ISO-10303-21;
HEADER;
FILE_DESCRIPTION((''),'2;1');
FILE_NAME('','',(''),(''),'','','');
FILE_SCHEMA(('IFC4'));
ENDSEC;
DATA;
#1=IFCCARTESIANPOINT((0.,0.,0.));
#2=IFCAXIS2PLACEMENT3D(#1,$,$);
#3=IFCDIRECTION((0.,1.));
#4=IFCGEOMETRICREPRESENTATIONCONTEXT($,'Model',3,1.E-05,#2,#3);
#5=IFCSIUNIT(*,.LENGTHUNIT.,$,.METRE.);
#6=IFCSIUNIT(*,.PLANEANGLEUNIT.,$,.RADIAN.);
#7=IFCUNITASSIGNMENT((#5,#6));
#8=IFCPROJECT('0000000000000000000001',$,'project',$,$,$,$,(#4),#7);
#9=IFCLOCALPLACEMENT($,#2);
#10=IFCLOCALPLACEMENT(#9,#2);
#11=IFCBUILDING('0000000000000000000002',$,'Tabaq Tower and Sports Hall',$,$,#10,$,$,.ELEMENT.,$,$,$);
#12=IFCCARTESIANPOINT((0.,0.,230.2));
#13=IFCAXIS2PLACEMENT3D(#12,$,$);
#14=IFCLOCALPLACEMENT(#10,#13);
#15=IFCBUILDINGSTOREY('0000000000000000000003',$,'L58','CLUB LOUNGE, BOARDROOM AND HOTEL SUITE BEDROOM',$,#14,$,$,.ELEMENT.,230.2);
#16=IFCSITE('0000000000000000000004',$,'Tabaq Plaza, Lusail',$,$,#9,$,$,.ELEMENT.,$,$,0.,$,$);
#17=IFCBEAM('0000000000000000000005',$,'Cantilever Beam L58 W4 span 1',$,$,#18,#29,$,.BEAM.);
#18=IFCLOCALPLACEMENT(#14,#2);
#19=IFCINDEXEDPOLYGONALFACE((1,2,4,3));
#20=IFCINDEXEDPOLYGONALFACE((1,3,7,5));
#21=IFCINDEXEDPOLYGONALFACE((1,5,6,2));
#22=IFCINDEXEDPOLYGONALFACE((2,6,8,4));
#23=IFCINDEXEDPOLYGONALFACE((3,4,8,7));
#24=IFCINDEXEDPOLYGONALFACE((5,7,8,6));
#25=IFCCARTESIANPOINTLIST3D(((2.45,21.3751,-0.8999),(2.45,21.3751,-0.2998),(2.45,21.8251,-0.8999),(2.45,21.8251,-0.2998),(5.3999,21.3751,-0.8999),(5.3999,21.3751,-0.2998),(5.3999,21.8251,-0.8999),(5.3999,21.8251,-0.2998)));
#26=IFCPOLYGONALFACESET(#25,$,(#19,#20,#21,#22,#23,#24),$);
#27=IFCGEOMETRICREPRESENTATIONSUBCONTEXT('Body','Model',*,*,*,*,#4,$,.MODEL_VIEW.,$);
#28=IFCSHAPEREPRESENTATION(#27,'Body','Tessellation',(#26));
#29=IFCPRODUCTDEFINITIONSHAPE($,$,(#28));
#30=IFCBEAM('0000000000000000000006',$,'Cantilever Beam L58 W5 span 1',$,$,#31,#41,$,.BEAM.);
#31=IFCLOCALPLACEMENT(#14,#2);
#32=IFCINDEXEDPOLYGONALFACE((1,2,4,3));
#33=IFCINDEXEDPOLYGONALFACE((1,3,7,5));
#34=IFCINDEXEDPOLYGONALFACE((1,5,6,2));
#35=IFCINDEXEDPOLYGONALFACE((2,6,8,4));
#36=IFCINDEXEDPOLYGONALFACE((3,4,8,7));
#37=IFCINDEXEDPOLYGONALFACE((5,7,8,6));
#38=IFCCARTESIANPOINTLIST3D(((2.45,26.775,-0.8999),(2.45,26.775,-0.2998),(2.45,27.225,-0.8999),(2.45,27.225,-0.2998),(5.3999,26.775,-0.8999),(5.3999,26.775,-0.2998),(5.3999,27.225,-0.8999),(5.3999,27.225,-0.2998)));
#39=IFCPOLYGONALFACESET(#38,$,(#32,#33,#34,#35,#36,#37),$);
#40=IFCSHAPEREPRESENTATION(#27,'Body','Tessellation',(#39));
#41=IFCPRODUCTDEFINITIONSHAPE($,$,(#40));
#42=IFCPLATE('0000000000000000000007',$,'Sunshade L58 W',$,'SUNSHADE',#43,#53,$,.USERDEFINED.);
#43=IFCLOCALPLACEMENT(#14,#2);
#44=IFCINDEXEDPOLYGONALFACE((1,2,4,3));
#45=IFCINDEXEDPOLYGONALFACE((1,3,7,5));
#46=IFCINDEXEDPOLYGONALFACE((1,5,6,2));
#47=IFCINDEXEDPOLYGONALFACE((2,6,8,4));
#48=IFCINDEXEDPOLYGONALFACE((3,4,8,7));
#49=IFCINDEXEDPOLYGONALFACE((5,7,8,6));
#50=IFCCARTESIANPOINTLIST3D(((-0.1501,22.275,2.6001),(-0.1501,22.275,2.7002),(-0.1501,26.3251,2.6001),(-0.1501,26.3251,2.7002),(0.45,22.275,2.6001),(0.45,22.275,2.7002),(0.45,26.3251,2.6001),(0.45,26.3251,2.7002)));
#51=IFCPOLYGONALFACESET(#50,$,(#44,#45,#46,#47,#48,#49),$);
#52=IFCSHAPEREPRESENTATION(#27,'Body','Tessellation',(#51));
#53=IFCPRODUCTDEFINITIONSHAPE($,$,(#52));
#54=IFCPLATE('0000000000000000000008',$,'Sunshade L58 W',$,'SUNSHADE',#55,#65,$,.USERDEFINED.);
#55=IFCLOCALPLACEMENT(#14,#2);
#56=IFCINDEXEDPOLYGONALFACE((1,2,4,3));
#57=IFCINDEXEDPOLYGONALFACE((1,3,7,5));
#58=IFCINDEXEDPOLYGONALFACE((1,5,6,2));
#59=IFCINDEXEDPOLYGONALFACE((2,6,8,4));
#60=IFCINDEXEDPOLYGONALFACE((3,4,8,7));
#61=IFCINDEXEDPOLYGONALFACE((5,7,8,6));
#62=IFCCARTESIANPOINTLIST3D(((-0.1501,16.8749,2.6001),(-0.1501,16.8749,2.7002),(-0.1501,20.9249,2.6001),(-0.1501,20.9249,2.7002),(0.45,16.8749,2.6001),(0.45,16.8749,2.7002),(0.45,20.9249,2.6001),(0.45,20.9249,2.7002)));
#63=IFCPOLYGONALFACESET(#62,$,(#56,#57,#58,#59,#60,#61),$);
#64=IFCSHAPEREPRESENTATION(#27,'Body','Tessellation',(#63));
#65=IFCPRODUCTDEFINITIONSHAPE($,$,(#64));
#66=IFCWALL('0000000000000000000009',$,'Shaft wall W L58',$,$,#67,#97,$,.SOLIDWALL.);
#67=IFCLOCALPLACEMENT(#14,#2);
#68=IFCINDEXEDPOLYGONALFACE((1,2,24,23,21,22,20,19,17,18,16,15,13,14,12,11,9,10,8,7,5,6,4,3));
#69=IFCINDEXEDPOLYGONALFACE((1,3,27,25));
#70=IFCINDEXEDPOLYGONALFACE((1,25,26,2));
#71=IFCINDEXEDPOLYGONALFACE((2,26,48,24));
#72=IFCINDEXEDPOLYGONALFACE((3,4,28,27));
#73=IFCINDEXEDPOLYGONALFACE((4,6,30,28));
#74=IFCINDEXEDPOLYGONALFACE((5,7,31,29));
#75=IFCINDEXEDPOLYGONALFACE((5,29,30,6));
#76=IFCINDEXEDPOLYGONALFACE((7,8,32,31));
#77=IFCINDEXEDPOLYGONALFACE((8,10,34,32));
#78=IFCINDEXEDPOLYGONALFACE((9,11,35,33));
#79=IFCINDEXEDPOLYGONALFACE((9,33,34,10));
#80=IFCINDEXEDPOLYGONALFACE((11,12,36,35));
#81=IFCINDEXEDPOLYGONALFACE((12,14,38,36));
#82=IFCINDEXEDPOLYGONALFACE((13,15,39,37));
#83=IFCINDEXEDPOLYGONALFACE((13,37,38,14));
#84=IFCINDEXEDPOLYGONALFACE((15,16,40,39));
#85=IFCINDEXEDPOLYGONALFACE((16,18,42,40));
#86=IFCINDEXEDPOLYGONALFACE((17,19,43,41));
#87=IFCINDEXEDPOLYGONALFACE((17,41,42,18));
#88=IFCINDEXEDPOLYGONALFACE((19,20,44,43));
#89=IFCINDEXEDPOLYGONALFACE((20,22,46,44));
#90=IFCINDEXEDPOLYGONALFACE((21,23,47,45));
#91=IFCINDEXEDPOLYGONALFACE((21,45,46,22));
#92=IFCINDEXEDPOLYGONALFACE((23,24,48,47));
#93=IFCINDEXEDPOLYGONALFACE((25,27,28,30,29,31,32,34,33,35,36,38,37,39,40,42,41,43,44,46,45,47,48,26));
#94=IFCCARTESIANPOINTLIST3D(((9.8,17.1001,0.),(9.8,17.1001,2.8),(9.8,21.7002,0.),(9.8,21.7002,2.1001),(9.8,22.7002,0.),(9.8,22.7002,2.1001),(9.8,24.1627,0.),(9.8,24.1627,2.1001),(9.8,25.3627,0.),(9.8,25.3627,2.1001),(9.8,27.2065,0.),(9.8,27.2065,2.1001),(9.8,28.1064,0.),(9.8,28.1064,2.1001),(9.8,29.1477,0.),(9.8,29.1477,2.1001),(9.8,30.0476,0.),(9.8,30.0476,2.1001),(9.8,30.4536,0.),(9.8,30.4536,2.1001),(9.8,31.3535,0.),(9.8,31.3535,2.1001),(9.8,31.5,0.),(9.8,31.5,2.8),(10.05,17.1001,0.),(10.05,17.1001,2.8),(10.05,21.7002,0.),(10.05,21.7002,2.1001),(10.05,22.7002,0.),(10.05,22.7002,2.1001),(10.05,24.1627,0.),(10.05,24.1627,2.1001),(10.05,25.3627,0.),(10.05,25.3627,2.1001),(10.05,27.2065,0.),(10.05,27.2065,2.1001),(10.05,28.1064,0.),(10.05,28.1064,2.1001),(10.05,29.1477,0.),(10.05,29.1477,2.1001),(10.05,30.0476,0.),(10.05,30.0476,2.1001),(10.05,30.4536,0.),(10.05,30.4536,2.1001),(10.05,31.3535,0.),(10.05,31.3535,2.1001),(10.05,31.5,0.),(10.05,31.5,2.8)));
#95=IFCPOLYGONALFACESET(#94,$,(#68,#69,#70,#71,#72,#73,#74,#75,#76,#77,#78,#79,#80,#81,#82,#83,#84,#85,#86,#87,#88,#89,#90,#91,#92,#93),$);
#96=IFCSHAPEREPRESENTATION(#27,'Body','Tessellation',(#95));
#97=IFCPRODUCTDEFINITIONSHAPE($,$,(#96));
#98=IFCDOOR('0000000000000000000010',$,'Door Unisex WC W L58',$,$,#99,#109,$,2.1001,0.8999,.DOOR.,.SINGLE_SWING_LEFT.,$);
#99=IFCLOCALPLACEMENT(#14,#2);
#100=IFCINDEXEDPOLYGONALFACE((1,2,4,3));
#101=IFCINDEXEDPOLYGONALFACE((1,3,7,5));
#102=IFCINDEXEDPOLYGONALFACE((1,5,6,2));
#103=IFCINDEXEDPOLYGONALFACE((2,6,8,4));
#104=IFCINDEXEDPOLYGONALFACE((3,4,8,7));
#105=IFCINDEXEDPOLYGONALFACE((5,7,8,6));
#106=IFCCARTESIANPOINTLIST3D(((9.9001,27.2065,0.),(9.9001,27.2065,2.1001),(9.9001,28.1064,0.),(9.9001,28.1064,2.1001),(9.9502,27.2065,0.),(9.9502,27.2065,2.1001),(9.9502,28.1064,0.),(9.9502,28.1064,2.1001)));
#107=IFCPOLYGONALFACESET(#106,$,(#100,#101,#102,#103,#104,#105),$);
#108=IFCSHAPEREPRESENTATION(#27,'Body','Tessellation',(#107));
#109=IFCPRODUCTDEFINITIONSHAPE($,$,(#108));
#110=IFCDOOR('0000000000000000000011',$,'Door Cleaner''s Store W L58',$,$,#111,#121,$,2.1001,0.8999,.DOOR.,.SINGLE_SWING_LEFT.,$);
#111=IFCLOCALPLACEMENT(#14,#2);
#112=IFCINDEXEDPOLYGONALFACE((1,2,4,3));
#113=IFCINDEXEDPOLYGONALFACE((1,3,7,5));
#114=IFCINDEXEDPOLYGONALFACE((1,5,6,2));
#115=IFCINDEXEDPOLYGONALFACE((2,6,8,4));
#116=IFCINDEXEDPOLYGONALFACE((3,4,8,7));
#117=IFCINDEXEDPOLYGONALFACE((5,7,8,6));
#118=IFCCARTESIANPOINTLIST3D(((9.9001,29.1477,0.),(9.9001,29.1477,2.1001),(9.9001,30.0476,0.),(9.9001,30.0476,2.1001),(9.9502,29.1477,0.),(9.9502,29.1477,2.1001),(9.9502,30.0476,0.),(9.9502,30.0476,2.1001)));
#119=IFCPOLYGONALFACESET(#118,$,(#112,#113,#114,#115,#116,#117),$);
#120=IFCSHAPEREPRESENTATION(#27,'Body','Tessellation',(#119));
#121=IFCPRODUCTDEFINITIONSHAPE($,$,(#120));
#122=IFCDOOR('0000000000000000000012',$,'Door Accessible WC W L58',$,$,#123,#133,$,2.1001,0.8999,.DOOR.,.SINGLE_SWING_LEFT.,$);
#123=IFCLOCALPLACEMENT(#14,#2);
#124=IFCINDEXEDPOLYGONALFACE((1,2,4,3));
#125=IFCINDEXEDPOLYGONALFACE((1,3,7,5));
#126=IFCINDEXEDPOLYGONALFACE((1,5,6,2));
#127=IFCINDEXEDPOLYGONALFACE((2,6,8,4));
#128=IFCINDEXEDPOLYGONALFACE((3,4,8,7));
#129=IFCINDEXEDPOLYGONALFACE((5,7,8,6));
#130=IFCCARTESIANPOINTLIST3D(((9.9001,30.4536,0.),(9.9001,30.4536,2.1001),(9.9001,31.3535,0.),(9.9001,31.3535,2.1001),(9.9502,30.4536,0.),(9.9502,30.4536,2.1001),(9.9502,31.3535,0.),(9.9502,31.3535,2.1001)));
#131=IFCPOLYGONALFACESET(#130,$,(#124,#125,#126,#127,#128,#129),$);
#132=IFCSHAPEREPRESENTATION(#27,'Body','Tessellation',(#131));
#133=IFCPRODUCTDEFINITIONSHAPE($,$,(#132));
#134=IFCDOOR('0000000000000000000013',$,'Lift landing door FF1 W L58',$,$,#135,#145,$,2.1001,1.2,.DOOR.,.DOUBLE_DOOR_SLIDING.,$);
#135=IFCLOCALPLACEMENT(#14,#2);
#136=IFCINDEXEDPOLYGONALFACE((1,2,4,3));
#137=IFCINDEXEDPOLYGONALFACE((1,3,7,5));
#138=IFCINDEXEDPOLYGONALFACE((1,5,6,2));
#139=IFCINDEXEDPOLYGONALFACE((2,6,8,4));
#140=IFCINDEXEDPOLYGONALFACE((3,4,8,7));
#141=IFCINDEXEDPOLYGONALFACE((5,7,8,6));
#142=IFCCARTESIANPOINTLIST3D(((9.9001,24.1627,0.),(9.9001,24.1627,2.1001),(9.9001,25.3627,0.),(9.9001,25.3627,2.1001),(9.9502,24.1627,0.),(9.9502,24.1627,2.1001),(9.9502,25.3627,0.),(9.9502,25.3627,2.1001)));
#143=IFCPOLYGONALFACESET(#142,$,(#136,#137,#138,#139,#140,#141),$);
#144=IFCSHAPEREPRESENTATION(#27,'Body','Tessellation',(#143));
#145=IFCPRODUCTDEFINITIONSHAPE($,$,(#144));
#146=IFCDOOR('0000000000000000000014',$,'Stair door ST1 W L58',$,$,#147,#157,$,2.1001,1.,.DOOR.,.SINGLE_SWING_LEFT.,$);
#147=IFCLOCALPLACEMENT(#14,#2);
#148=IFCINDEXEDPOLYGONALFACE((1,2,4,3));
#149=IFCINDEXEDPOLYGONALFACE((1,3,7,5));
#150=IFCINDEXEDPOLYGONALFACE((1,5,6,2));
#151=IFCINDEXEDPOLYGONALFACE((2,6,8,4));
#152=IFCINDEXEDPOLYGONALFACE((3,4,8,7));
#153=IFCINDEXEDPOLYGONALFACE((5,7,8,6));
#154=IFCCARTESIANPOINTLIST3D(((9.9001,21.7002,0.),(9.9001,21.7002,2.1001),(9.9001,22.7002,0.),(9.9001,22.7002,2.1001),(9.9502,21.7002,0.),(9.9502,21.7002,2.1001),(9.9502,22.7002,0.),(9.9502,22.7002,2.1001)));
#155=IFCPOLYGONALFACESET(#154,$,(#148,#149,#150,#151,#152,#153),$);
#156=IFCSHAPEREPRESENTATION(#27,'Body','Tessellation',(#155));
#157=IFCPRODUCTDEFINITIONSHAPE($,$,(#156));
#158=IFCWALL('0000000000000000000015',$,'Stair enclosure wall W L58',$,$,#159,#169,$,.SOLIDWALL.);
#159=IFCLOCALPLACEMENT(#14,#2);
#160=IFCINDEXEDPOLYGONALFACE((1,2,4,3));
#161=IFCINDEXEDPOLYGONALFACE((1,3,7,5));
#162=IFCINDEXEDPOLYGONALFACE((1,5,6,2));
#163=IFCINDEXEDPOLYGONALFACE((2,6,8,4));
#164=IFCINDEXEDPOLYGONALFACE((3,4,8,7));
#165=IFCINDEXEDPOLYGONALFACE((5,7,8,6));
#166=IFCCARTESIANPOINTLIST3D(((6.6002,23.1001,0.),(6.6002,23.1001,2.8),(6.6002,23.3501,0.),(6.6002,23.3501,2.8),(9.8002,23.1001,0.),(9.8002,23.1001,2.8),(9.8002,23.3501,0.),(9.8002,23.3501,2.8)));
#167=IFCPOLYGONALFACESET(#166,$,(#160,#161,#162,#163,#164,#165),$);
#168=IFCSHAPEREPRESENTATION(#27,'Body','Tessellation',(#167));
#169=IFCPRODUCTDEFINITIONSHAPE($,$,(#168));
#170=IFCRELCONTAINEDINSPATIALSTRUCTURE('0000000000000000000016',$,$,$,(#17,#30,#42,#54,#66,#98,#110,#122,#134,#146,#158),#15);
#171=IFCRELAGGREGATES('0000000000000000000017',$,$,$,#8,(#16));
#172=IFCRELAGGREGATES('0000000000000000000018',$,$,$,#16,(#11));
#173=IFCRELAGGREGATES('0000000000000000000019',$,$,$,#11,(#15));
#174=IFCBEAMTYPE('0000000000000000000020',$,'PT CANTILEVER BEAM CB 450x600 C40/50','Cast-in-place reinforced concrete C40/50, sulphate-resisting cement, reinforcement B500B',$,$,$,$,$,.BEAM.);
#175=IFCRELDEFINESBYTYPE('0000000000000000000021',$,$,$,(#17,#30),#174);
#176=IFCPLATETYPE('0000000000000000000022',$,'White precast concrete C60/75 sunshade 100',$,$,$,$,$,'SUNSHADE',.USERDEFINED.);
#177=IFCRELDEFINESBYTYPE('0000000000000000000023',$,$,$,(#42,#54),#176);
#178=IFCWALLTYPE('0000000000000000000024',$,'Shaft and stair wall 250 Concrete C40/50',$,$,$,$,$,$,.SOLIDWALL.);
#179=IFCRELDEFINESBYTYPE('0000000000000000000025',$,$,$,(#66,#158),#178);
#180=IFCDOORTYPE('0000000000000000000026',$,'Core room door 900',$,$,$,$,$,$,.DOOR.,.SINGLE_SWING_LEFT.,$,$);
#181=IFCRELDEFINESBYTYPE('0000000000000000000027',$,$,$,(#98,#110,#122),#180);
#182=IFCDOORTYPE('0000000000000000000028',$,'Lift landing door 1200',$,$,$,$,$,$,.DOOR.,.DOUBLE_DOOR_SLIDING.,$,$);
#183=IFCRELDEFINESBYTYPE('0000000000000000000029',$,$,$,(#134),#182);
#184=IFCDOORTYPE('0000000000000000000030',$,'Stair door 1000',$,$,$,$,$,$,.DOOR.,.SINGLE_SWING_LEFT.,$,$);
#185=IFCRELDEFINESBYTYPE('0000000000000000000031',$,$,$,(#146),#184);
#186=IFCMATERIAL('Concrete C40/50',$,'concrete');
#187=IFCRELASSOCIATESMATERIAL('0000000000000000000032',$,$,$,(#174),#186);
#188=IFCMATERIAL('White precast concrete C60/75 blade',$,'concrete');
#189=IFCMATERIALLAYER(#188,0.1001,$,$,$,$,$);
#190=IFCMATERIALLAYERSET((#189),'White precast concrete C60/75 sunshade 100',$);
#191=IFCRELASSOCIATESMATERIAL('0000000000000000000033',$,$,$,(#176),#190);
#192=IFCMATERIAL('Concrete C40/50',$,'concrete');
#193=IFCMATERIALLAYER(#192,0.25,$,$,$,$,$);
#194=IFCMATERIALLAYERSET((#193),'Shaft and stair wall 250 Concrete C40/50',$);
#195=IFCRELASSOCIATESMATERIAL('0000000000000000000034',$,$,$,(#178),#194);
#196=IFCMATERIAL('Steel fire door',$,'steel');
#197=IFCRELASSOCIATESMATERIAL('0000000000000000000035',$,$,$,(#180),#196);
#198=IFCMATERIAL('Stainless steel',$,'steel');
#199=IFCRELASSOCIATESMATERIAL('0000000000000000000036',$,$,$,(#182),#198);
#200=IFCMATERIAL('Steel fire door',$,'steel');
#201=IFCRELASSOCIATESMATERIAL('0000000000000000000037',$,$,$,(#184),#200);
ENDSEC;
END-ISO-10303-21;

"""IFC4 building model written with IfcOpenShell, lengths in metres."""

from ifc_helpers import new_model, si_unit, direction, frame, frame_2d, origin, origin_2d, place, context, subcontext, project, spatial, rectangle, extrude, material, layer, layer_set, material_profile, profile_set, type_object, element, fill, save


model = new_model("IFC4")

# Units and contexts
model_context = context("Model", 3, precision=1e-05, world=origin(), true_north=direction((0.0, 1.0)))
body_context = subcontext(model_context, "Body", "Model", "MODEL_VIEW")
ifc_project = project(units=[si_unit("LENGTHUNIT", "METRE"), si_unit("PLANEANGLEUNIT", "RADIAN")], contexts=[model_context])

# Site, building, storey
site_placement = place(None, origin())
site = spatial("IfcSite", under=ifc_project, at=site_placement, Name="Tabaq Plaza, Lusail", CompositionType="ELEMENT", RefElevation=0.0)
building_placement = place(site_placement, origin())
building = spatial("IfcBuilding", under=site, at=building_placement, Name="Tabaq Tower and Sports Hall", CompositionType="ELEMENT")
storey_placement = place(building_placement, frame((0.0, 0.0, 230.2)))
storey = spatial("IfcBuildingStorey", under=building, at=storey_placement, Name="L58", Description="CLUB LOUNGE, BOARDROOM AND HOTEL SUITE BEDROOM", CompositionType="ELEMENT", Elevation=230.2)

# Beams
ifc_material_1 = material(Name="Concrete C40/50", Category="concrete")
ifc_material_profile = material_profile(ifc_material_1, rectangle(XDim=0.45, YDim=0.6001, at=origin_2d()), Name="CB 450x600")
ifc_profile_set = profile_set([ifc_material_profile], Name="Concrete C40/50")
beam_type = type_object("IfcBeamType", Name="PT CANTILEVER BEAM CB 450x600 C40/50", Description="Cast-in-place reinforced concrete C40/50, sulphate-resisting cement, reinforcement B500B", PredefinedType="BEAM", material=ifc_profile_set)
for number, where, z_axis, x_axis, name in (
    (1, (2.45, 21.6001, -0.5999), (1.0, 0.0, 0.0), (0.0, 1.0, 0.0), "Cantilever Beam L58 W4 span 1"),
    (2, (2.45, 27.0, -0.5999), (1.0, 0.0, 0.0), (0.0, 1.0, 0.0), "Cantilever Beam L58 W5 span 1"),
):
    element("IfcBeam", number, at=place(storey_placement, frame(where, z_axis=z_axis, x_axis=x_axis)), inside=storey, type_object=beam_type, Name=name, PredefinedType="BEAM", context=body_context, shape_type="SweptSolid", body=[
        extrude(rectangle(XDim=0.45, YDim=0.6001, at=origin_2d()), origin(), (0.0, 0.0, 1.0), 2.95),
    ])

# Plates
ifc_material_2 = material(Name="White precast concrete C60/75 blade", Category="concrete")
ifc_layer_1 = layer(ifc_material_2, 0.1001)
ifc_layer_set_1 = layer_set([ifc_layer_1], Name="White precast concrete C60/75 sunshade 100")
plate_type = type_object("IfcPlateType", Name="White precast concrete C60/75 sunshade 100", ElementType="SUNSHADE", PredefinedType="USERDEFINED", material=ifc_layer_set_1)
for number, where, z_axis, x_axis, name in (
    (3, (0.1499, 24.3, 2.6001), (0.0, 0.0, 1.0), (0.0, -1.0, 0.0), "Sunshade L58 W"),
    (4, (0.1499, 18.8999, 2.6001), (0.0, 0.0, 1.0), (0.0, -1.0, 0.0), "Sunshade L58 W"),
):
    element("IfcPlate", number, at=place(storey_placement, frame(where, z_axis=z_axis, x_axis=x_axis)), inside=storey, type_object=plate_type, Name=name, ObjectType="SUNSHADE", PredefinedType="USERDEFINED", context=body_context, shape_type="SweptSolid", body=[
        extrude(rectangle(XDim=4.05, YDim=0.6001, at=origin_2d()), origin(), (0.0, 0.0, 1.0), 0.1001),
    ])

# Wall, openings, doors
ifc_material_3 = material(Name="Concrete C40/50", Category="concrete")
ifc_layer_2 = layer(ifc_material_3, 0.25)
ifc_layer_set_2 = layer_set([ifc_layer_2], Name="Shaft and stair wall 250 Concrete C40/50")
wall_type = type_object("IfcWallType", Name="Shaft and stair wall 250 Concrete C40/50", PredefinedType="SOLIDWALL", material=ifc_layer_set_2)
wall_1_placement = place(storey_placement, frame((9.925, 17.1001, 0.0), z_axis=(0.0, 0.0, 1.0), x_axis=(0.0, 1.0, 0.0)))
wall_1 = element("IfcWall", 5, at=wall_1_placement, inside=storey, type_object=wall_type, Name="Shaft wall W L58", PredefinedType="SOLIDWALL", context=body_context, shape_type="SweptSolid", body=[
    extrude(rectangle(XDim=14.3999, YDim=0.25, at=frame_2d((7.2, 0.0))), origin(), (0.0, 0.0, 1.0), 2.8),
])
opening_1_placement = place(wall_1_placement, frame((4.6001, 0.0, 0.0)))
opening_1 = element("IfcOpeningElement", 6, at=opening_1_placement, cuts=wall_1, PredefinedType="OPENING", context=body_context, shape_type="SweptSolid", body=[
    extrude(rectangle(XDim=1.0, YDim=2.1001, at=frame_2d((0.5, 1.05))), frame((0.0, 0.125, 0.0), z_axis=(0.0, -1.0, 0.0), x_axis=(1.0, 0.0, 0.0)), (0.0, 0.0, 1.0), 0.25),
])
opening_2_placement = place(wall_1_placement, frame((7.0625, 0.0, 0.0)))
opening_2 = element("IfcOpeningElement", 7, at=opening_2_placement, cuts=wall_1, PredefinedType="OPENING", context=body_context, shape_type="SweptSolid", body=[
    extrude(rectangle(XDim=1.2, YDim=2.1001, at=frame_2d((0.6001, 1.05))), frame((0.0, 0.125, 0.0), z_axis=(0.0, -1.0, 0.0), x_axis=(1.0, 0.0, 0.0)), (0.0, 0.0, 1.0), 0.25),
])
opening_3_placement = place(wall_1_placement, frame((10.1064, 0.0, 0.0)))
opening_3 = element("IfcOpeningElement", 8, at=opening_3_placement, cuts=wall_1, PredefinedType="OPENING", context=body_context, shape_type="SweptSolid", body=[
    extrude(rectangle(XDim=0.8999, YDim=2.1001, at=frame_2d((0.45, 1.05))), frame((0.0, 0.125, 0.0), z_axis=(0.0, -1.0, 0.0), x_axis=(1.0, 0.0, 0.0)), (0.0, 0.0, 1.0), 0.25),
])
opening_4_placement = place(wall_1_placement, frame((12.0476, 0.0, 0.0)))
opening_4 = element("IfcOpeningElement", 9, at=opening_4_placement, cuts=wall_1, PredefinedType="OPENING", context=body_context, shape_type="SweptSolid", body=[
    extrude(rectangle(XDim=0.8999, YDim=2.1001, at=frame_2d((0.45, 1.05))), frame((0.0, 0.125, 0.0), z_axis=(0.0, -1.0, 0.0), x_axis=(1.0, 0.0, 0.0)), (0.0, 0.0, 1.0), 0.25),
])
opening_5_placement = place(wall_1_placement, frame((13.3535, 0.0, 0.0)))
opening_5 = element("IfcOpeningElement", 10, at=opening_5_placement, cuts=wall_1, PredefinedType="OPENING", context=body_context, shape_type="SweptSolid", body=[
    extrude(rectangle(XDim=0.8999, YDim=2.1001, at=frame_2d((0.45, 1.05))), frame((0.0, 0.125, 0.0), z_axis=(0.0, -1.0, 0.0), x_axis=(1.0, 0.0, 0.0)), (0.0, 0.0, 1.0), 0.25),
])
ifc_material_4 = material(Name="Steel fire door", Category="steel")
door_type_1 = type_object("IfcDoorType", Name="Core room door 900", OperationType="SINGLE_SWING_LEFT", PredefinedType="DOOR", material=ifc_material_4)
door_1_placement = place(opening_3_placement, origin())
door_1 = element("IfcDoor", 11, at=door_1_placement, inside=storey, type_object=door_type_1, Name="Door Unisex WC W L58", OperationType="SINGLE_SWING_LEFT", OverallHeight=2.1001, OverallWidth=0.8999, PredefinedType="DOOR", context=body_context, shape_type="SweptSolid", body=[
    extrude(rectangle(XDim=0.8999, YDim=2.1001, at=frame_2d((0.45, 1.05))), frame((0.0, 0.0249, 0.0), z_axis=(0.0, -1.0, 0.0), x_axis=(1.0, 0.0, 0.0)), (0.0, 0.0, 1.0), 0.05),
])
fill(opening_3, door_1)
door_2_placement = place(opening_4_placement, origin())
door_2 = element("IfcDoor", 12, at=door_2_placement, inside=storey, type_object=door_type_1, Name="Door Cleaner's Store W L58", OperationType="SINGLE_SWING_LEFT", OverallHeight=2.1001, OverallWidth=0.8999, PredefinedType="DOOR", context=body_context, shape_type="SweptSolid", body=[
    extrude(rectangle(XDim=0.8999, YDim=2.1001, at=frame_2d((0.45, 1.05))), frame((0.0, 0.0249, 0.0), z_axis=(0.0, -1.0, 0.0), x_axis=(1.0, 0.0, 0.0)), (0.0, 0.0, 1.0), 0.05),
])
fill(opening_4, door_2)
door_3_placement = place(opening_5_placement, origin())
door_3 = element("IfcDoor", 13, at=door_3_placement, inside=storey, type_object=door_type_1, Name="Door Accessible WC W L58", OperationType="SINGLE_SWING_LEFT", OverallHeight=2.1001, OverallWidth=0.8999, PredefinedType="DOOR", context=body_context, shape_type="SweptSolid", body=[
    extrude(rectangle(XDim=0.8999, YDim=2.1001, at=frame_2d((0.45, 1.05))), frame((0.0, 0.0249, 0.0), z_axis=(0.0, -1.0, 0.0), x_axis=(1.0, 0.0, 0.0)), (0.0, 0.0, 1.0), 0.05),
])
fill(opening_5, door_3)
ifc_material_5 = material(Name="Stainless steel", Category="steel")
door_type_2 = type_object("IfcDoorType", Name="Lift landing door 1200", OperationType="DOUBLE_DOOR_SLIDING", PredefinedType="DOOR", material=ifc_material_5)
door_4_placement = place(opening_2_placement, origin())
door_4 = element("IfcDoor", 14, at=door_4_placement, inside=storey, type_object=door_type_2, Name="Lift landing door FF1 W L58", OperationType="DOUBLE_DOOR_SLIDING", OverallHeight=2.1001, OverallWidth=1.2, PredefinedType="DOOR", context=body_context, shape_type="SweptSolid", body=[
    extrude(rectangle(XDim=1.2, YDim=2.1001, at=frame_2d((0.6001, 1.05))), frame((0.0, 0.0249, 0.0), z_axis=(0.0, -1.0, 0.0), x_axis=(1.0, 0.0, 0.0)), (0.0, 0.0, 1.0), 0.05),
])
fill(opening_2, door_4)
ifc_material_6 = material(Name="Steel fire door", Category="steel")
door_type_3 = type_object("IfcDoorType", Name="Stair door 1000", OperationType="SINGLE_SWING_LEFT", PredefinedType="DOOR", material=ifc_material_6)
door_5_placement = place(opening_1_placement, origin())
door_5 = element("IfcDoor", 15, at=door_5_placement, inside=storey, type_object=door_type_3, Name="Stair door ST1 W L58", OperationType="SINGLE_SWING_LEFT", OverallHeight=2.1001, OverallWidth=1.0, PredefinedType="DOOR", context=body_context, shape_type="SweptSolid", body=[
    extrude(rectangle(XDim=1.0, YDim=2.1001, at=frame_2d((0.5, 1.05))), frame((0.0, 0.0249, 0.0), z_axis=(0.0, -1.0, 0.0), x_axis=(1.0, 0.0, 0.0)), (0.0, 0.0, 1.0), 0.05),
])
fill(opening_1, door_5)

# Wall
for number, where, z_axis, x_axis, name in (
    (16, (6.6001, 23.2251, 0.0), (0.0, 0.0, 1.0), (1.0, 0.0, 0.0), "Stair enclosure wall W L58"),
):
    element("IfcWall", number, at=place(storey_placement, frame(where, z_axis=z_axis, x_axis=x_axis)), inside=storey, type_object=wall_type, Name=name, PredefinedType="SOLIDWALL", context=body_context, shape_type="SweptSolid", body=[
        extrude(rectangle(XDim=3.2, YDim=0.25, at=frame_2d((1.6001, 0.0))), origin(), (0.0, 0.0, 1.0), 2.8),
    ])

save(model, "model.ifc")
